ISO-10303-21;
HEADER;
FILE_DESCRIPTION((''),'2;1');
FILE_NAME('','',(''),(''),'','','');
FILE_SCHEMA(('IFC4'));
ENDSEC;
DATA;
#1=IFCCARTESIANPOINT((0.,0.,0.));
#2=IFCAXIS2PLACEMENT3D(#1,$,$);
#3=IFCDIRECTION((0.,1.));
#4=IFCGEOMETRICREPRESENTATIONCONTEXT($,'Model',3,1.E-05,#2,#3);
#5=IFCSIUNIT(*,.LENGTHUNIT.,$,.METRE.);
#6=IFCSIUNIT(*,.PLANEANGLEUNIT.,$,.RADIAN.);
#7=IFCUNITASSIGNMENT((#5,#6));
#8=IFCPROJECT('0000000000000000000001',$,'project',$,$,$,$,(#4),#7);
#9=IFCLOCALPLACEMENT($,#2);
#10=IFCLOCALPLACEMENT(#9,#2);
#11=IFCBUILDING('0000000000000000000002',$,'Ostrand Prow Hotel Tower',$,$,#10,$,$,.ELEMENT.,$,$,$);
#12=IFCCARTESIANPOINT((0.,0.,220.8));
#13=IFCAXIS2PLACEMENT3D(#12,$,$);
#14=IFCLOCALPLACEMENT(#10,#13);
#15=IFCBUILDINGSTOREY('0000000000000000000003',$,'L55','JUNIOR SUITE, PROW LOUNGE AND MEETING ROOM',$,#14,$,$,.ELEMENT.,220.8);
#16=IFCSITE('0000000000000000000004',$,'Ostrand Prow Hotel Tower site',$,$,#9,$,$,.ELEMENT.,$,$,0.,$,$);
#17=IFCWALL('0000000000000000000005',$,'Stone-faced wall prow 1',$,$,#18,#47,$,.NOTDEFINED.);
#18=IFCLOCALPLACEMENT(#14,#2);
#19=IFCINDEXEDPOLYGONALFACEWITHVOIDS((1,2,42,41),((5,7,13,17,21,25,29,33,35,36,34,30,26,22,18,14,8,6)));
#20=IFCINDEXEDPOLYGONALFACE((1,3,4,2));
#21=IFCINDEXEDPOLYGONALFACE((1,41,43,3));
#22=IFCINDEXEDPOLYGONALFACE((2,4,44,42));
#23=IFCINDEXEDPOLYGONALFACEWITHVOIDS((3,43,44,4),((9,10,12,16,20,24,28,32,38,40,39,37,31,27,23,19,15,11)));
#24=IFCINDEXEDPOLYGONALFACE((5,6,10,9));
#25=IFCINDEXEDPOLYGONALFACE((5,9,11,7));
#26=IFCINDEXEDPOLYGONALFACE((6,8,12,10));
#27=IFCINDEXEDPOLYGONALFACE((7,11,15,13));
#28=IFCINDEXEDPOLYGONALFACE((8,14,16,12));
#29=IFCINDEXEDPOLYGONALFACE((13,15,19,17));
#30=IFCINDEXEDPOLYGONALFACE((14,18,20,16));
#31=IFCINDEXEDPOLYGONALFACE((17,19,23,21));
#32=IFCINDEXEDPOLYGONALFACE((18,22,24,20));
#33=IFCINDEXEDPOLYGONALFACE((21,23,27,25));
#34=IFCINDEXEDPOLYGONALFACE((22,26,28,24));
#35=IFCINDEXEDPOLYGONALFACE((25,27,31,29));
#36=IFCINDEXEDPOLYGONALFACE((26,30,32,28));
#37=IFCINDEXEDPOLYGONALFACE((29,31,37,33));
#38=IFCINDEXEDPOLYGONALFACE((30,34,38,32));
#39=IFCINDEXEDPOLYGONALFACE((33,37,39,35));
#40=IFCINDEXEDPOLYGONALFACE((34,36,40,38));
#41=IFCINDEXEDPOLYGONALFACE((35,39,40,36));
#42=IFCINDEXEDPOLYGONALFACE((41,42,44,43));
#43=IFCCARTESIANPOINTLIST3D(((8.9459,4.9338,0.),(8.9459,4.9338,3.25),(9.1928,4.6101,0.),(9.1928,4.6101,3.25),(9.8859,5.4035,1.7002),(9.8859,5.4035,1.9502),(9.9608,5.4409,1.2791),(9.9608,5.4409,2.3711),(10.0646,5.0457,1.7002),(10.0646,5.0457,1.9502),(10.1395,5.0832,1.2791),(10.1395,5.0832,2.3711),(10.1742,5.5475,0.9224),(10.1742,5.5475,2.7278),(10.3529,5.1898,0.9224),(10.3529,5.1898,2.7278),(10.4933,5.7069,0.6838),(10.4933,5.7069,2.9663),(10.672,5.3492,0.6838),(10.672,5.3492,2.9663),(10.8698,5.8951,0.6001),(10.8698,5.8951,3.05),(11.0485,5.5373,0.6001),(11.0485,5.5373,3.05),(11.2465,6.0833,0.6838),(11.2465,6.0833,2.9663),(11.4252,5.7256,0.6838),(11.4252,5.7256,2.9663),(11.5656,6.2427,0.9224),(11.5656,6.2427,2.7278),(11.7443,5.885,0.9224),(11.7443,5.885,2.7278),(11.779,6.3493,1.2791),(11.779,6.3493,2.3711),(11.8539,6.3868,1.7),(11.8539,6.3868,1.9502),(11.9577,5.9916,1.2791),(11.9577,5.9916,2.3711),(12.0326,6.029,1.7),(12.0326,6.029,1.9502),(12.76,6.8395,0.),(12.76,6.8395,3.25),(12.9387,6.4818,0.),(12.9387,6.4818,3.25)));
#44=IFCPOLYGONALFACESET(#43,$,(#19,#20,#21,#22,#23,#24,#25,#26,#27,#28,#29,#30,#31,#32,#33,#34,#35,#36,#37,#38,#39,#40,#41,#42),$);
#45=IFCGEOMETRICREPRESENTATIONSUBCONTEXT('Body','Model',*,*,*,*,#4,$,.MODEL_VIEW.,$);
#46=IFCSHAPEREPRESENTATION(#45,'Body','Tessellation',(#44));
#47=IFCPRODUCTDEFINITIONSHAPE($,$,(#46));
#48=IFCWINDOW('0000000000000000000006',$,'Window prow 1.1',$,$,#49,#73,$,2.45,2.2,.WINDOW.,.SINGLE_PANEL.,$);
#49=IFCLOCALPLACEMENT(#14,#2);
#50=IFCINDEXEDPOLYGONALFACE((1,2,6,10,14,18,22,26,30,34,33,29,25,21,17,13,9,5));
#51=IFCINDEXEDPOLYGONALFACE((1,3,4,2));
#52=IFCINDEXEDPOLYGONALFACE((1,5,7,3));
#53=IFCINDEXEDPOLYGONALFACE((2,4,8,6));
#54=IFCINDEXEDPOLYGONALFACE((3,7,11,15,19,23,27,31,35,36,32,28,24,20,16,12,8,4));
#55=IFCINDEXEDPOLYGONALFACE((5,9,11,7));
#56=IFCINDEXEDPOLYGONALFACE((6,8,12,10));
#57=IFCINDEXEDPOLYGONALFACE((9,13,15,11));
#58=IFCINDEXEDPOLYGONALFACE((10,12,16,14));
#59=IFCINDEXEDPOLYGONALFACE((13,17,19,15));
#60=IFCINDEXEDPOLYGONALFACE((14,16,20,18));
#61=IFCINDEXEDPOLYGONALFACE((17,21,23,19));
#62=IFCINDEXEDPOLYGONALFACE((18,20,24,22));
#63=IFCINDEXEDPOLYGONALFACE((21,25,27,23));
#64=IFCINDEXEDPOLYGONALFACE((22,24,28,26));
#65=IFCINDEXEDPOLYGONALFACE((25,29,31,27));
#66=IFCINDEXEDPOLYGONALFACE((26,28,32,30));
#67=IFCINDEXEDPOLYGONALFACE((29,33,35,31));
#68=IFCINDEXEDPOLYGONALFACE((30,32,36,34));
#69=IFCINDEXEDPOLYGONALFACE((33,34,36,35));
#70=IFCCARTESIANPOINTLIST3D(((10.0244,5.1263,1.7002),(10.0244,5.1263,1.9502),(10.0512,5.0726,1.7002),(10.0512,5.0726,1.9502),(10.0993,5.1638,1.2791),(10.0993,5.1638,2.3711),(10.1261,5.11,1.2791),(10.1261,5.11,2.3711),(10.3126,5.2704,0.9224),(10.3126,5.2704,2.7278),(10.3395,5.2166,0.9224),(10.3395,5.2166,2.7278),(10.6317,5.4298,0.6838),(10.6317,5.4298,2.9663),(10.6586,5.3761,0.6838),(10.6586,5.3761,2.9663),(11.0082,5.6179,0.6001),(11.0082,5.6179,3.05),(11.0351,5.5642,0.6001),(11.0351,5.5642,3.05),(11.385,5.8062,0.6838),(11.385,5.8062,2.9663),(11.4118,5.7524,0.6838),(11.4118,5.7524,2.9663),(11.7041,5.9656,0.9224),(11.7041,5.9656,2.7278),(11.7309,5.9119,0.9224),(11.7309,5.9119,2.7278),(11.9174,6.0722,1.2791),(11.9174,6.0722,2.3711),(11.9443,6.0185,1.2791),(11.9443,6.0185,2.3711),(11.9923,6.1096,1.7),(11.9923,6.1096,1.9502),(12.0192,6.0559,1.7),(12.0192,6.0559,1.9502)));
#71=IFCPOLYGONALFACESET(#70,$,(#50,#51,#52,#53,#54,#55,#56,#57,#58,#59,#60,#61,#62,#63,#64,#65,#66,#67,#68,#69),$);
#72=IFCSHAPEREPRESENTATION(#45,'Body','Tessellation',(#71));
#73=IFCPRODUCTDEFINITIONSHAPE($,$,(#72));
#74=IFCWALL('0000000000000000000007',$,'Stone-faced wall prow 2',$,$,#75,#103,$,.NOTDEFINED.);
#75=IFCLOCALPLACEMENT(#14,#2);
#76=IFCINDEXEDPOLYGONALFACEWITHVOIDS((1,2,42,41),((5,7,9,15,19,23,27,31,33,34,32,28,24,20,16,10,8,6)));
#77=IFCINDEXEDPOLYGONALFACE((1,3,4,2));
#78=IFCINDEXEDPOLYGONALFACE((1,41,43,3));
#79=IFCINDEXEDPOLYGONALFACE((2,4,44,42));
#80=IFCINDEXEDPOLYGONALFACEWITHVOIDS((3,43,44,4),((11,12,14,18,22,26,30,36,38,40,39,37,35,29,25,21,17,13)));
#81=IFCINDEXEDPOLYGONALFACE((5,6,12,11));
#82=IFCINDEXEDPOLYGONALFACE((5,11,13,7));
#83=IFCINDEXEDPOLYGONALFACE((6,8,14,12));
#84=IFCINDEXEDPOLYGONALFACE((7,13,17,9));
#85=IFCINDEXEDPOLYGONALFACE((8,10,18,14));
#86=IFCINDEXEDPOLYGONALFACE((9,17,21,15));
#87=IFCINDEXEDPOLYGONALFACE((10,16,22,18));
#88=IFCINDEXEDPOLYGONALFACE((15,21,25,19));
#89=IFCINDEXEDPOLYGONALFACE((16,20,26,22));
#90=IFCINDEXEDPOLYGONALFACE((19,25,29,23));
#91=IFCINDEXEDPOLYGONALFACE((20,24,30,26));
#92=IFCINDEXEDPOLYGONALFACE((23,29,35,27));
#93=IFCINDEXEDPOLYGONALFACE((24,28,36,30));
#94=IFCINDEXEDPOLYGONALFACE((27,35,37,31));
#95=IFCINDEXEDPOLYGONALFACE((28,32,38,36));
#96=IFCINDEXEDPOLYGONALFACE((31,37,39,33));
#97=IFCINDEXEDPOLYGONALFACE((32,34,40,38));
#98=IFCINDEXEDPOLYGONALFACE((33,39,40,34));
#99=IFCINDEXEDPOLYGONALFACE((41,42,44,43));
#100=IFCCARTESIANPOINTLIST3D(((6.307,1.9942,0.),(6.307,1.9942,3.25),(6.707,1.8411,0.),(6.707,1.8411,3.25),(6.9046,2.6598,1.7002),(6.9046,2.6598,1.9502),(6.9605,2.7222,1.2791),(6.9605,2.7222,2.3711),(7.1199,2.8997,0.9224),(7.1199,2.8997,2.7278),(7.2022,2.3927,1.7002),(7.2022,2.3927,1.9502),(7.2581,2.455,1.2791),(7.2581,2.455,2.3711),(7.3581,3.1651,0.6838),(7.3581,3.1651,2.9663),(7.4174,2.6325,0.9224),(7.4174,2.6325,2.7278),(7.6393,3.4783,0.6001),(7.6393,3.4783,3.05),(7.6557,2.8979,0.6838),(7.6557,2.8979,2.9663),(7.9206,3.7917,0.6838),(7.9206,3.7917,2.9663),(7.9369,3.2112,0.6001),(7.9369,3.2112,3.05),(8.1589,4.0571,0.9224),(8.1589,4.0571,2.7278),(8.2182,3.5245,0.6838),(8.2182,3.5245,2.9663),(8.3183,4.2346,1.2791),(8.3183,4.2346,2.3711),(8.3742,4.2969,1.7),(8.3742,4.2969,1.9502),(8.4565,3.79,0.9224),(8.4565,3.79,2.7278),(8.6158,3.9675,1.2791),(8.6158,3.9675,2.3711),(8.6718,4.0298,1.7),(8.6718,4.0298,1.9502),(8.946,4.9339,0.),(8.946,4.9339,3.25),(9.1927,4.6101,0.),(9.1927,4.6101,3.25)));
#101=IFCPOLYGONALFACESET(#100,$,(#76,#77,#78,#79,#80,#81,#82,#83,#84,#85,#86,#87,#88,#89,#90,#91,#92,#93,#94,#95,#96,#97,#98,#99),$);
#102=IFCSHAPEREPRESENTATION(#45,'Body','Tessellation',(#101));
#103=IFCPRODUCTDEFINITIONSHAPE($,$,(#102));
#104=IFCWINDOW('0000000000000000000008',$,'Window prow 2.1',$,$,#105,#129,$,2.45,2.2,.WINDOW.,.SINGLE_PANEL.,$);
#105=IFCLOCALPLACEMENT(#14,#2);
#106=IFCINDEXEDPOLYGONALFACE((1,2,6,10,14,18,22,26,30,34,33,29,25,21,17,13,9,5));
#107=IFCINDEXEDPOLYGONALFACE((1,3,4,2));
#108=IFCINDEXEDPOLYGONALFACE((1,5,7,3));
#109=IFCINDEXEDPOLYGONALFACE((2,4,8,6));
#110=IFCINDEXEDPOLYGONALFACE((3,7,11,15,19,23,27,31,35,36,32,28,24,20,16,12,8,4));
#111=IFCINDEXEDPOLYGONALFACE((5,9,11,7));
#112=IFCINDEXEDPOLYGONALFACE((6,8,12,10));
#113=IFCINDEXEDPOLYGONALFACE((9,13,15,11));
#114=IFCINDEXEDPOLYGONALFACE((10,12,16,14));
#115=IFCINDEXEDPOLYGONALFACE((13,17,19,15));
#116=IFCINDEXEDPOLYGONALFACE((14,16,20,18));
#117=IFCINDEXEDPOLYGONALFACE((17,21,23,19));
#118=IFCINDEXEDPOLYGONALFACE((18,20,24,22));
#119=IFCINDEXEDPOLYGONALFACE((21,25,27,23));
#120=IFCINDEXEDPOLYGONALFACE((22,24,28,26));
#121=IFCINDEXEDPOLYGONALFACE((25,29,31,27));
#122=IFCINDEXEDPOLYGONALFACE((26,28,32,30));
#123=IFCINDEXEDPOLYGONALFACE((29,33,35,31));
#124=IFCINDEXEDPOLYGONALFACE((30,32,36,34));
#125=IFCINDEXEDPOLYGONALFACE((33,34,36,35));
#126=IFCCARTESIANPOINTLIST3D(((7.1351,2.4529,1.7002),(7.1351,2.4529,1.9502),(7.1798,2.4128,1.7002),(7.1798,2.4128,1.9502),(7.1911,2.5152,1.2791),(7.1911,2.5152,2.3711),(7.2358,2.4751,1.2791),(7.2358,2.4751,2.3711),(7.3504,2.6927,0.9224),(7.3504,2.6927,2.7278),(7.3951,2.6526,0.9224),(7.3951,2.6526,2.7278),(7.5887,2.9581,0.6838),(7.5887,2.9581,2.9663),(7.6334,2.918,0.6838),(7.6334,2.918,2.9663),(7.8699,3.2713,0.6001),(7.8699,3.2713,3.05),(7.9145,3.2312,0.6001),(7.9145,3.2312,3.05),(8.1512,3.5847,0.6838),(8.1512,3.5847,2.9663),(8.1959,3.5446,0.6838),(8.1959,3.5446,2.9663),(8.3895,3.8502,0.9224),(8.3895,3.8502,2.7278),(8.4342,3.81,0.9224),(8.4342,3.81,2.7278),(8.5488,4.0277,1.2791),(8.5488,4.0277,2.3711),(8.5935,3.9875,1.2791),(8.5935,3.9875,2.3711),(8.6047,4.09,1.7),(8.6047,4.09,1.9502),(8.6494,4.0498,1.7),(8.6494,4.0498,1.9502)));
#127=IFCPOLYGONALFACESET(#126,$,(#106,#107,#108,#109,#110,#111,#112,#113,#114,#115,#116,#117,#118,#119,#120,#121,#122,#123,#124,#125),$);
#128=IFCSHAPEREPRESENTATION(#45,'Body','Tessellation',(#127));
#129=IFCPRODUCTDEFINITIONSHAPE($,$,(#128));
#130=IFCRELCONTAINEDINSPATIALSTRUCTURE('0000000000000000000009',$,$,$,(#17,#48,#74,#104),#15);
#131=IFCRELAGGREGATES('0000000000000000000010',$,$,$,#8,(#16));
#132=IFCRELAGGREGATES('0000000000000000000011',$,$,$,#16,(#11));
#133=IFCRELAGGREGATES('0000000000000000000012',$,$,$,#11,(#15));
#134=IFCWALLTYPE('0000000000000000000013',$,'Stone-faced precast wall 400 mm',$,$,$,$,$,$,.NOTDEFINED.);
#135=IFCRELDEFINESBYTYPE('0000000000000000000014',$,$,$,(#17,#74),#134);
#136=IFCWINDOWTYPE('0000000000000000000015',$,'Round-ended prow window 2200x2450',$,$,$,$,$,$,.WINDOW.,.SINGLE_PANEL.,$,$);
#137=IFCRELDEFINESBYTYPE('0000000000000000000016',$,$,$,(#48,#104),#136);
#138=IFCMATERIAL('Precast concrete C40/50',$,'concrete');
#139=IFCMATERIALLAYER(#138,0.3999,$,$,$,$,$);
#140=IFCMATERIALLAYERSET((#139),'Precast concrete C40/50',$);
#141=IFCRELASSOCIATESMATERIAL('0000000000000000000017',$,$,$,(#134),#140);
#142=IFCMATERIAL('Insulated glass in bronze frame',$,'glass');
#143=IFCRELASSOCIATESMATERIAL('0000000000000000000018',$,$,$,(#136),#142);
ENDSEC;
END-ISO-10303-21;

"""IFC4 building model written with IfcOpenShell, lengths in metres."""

from ifc_helpers import new_model, si_unit, direction, frame, origin, place, context, subcontext, project, spatial, polyline, outline, extrude, material, layer, layer_set, type_object, element, fill, save


model = new_model("IFC4")

# Units and contexts
model_context = context("Model", 3, precision=1e-05, world=origin(), true_north=direction((0.0, 1.0)))
body_context = subcontext(model_context, "Body", "Model", "MODEL_VIEW")
ifc_project = project(units=[si_unit("LENGTHUNIT", "METRE"), si_unit("PLANEANGLEUNIT", "RADIAN")], contexts=[model_context])

# Site, building, storey
site_placement = place(None, origin())
site = spatial("IfcSite", under=ifc_project, at=site_placement, Name="Ostrand Prow Hotel Tower site", CompositionType="ELEMENT", RefElevation=0.0)
building_placement = place(site_placement, origin())
building = spatial("IfcBuilding", under=site, at=building_placement, Name="Ostrand Prow Hotel Tower", CompositionType="ELEMENT")
storey_placement = place(building_placement, frame((0.0, 0.0, 220.8)))
storey = spatial("IfcBuildingStorey", under=building, at=storey_placement, Name="L55", Description="JUNIOR SUITE, PROW LOUNGE AND MEETING ROOM", CompositionType="ELEMENT", Elevation=220.8)

# Walls, openings, windows
ifc_material_1 = material(Name="Precast concrete C40/50", Category="concrete")
ifc_layer_1 = layer(ifc_material_1, 0.3999)
ifc_layer_set_1 = layer_set([ifc_layer_1], Name="Precast concrete C40/50")
wall_type_1 = type_object("IfcWallType", Name="Stone-faced precast wall 400 mm", PredefinedType="NOTDEFINED", material=ifc_layer_set_1)
wall_1_placement = place(storey_placement, frame((12.8494, 6.6606, 0.0), z_axis=(0.0, 0.0, 1.0), x_axis=(-0.894554, -0.446959, 0.0)))
wall_1 = element("IfcWall", 1, at=wall_1_placement, inside=storey, type_object=wall_type_1, Name="Stone-faced wall prow 1", PredefinedType="NOTDEFINED", context=body_context, shape_type="SweptSolid", body=[
    extrude(outline(polyline([(0.0, -0.2), (4.2637, -0.2), (4.1875, 0.2), (0.0, 0.2), (0.0, -0.2)])), origin(), (0.0, 0.0, 1.0), 3.25),
])
opening_1_placement = place(wall_1_placement, frame((1.0129, 0.0, 0.6001)))
opening_1 = element("IfcOpeningElement", 2, at=opening_1_placement, cuts=wall_1, PredefinedType="OPENING", context=body_context, shape_type="SweptSolid", body=[
    extrude(outline(polyline([(0.0, 1.3501), (0.0837, 1.771), (0.3223, 2.1277), (0.679, 2.3662), (1.1001, 2.45), (1.521, 2.3662), (1.8777, 2.1277), (2.1162, 1.771), (2.2, 1.3501), (2.2, 1.1001), (2.1162, 0.679), (1.8777, 0.3223), (1.521, 0.0837), (1.1001, 0.0), (0.679, 0.0837), (0.3223, 0.3223), (0.0837, 0.679), (0.0, 1.0999), (0.0, 1.3501)])), frame((0.0, 0.21, 0.0), z_axis=(0.0, -1.0, 0.0), x_axis=(1.0, 0.0, 0.0)), (0.0, 0.0, 1.0), 0.4199),
])
ifc_material_2 = material(Name="Insulated glass in bronze frame", Category="glass")
window_type = type_object("IfcWindowType", Name="Round-ended prow window 2200x2450", PartitioningType="SINGLE_PANEL", PredefinedType="WINDOW", material=ifc_material_2)
window_1_placement = place(opening_1_placement, origin())
window_1 = element("IfcWindow", 3, at=window_1_placement, inside=storey, type_object=window_type, Name="Window prow 1.1", OverallHeight=2.45, OverallWidth=2.2, PartitioningType="SINGLE_PANEL", PredefinedType="WINDOW", context=body_context, shape_type="SweptSolid", body=[
    extrude(outline(polyline([(0.0, 1.3501), (0.0837, 1.771), (0.3223, 2.1277), (0.679, 2.3662), (1.1001, 2.45), (1.521, 2.3662), (1.8777, 2.1277), (2.1162, 1.771), (2.2, 1.3501), (2.2, 1.1001), (2.1162, 0.679), (1.8777, 0.3223), (1.521, 0.0837), (1.1001, 0.0), (0.679, 0.0837), (0.3223, 0.3223), (0.0837, 0.679), (0.0, 1.0999), (0.0, 1.3501)])), frame((0.0, 0.1699, 0.0), z_axis=(0.0, -1.0, 0.0), x_axis=(1.0, 0.0, 0.0)), (0.0, 0.0, 1.0), 0.0601),
])
fill(opening_1, window_1)
wall_2_placement = place(storey_placement, frame((9.0693, 4.772, 0.0), z_axis=(0.0, 0.0, 1.0), x_axis=(-0.668018, -0.744145, 0.0)))
wall_2 = element("IfcWall", 4, at=wall_2_placement, inside=storey, type_object=wall_type_1, Name="Stone-faced wall prow 2", PredefinedType="NOTDEFINED", context=body_context, shape_type="SweptSolid", body=[
    extrude(outline(polyline([(-0.0381, -0.2), (3.9124, -0.2), (3.759, 0.2), (0.0381, 0.2), (-0.0381, -0.2)])), origin(), (0.0, 0.0, 1.0), 3.25),
])
opening_2_placement = place(wall_2_placement, frame((0.8179, 0.0, 0.6001)))
opening_2 = element("IfcOpeningElement", 5, at=opening_2_placement, cuts=wall_2, PredefinedType="OPENING", context=body_context, shape_type="SweptSolid", body=[
    extrude(outline(polyline([(0.0, 1.3501), (0.0837, 1.771), (0.3223, 2.1277), (0.679, 2.3662), (1.1001, 2.45), (1.521, 2.3662), (1.8777, 2.1277), (2.1162, 1.771), (2.2, 1.3501), (2.2, 1.1001), (2.1162, 0.679), (1.8777, 0.3223), (1.521, 0.0837), (1.1001, 0.0), (0.679, 0.0837), (0.3223, 0.3223), (0.0837, 0.679), (0.0, 1.0999), (0.0, 1.3501)])), frame((0.0, 0.21, 0.0), z_axis=(0.0, -1.0, 0.0), x_axis=(1.0, 0.0, 0.0)), (0.0, 0.0, 1.0), 0.4199),
])
window_2_placement = place(opening_2_placement, origin())
window_2 = element("IfcWindow", 6, at=window_2_placement, inside=storey, type_object=window_type, Name="Window prow 2.1", OverallHeight=2.45, OverallWidth=2.2, PartitioningType="SINGLE_PANEL", PredefinedType="WINDOW", context=body_context, shape_type="SweptSolid", body=[
    extrude(outline(polyline([(0.0, 1.3501), (0.0837, 1.771), (0.3223, 2.1277), (0.679, 2.3662), (1.1001, 2.45), (1.521, 2.3662), (1.8777, 2.1277), (2.1162, 1.771), (2.2, 1.3501), (2.2, 1.1001), (2.1162, 0.679), (1.8777, 0.3223), (1.521, 0.0837), (1.1001, 0.0), (0.679, 0.0837), (0.3223, 0.3223), (0.0837, 0.679), (0.0, 1.0999), (0.0, 1.3501)])), frame((0.0, 0.1699, 0.0), z_axis=(0.0, -1.0, 0.0), x_axis=(1.0, 0.0, 0.0)), (0.0, 0.0, 1.0), 0.0601),
])
fill(opening_2, window_2)

save(model, "model.ifc")
